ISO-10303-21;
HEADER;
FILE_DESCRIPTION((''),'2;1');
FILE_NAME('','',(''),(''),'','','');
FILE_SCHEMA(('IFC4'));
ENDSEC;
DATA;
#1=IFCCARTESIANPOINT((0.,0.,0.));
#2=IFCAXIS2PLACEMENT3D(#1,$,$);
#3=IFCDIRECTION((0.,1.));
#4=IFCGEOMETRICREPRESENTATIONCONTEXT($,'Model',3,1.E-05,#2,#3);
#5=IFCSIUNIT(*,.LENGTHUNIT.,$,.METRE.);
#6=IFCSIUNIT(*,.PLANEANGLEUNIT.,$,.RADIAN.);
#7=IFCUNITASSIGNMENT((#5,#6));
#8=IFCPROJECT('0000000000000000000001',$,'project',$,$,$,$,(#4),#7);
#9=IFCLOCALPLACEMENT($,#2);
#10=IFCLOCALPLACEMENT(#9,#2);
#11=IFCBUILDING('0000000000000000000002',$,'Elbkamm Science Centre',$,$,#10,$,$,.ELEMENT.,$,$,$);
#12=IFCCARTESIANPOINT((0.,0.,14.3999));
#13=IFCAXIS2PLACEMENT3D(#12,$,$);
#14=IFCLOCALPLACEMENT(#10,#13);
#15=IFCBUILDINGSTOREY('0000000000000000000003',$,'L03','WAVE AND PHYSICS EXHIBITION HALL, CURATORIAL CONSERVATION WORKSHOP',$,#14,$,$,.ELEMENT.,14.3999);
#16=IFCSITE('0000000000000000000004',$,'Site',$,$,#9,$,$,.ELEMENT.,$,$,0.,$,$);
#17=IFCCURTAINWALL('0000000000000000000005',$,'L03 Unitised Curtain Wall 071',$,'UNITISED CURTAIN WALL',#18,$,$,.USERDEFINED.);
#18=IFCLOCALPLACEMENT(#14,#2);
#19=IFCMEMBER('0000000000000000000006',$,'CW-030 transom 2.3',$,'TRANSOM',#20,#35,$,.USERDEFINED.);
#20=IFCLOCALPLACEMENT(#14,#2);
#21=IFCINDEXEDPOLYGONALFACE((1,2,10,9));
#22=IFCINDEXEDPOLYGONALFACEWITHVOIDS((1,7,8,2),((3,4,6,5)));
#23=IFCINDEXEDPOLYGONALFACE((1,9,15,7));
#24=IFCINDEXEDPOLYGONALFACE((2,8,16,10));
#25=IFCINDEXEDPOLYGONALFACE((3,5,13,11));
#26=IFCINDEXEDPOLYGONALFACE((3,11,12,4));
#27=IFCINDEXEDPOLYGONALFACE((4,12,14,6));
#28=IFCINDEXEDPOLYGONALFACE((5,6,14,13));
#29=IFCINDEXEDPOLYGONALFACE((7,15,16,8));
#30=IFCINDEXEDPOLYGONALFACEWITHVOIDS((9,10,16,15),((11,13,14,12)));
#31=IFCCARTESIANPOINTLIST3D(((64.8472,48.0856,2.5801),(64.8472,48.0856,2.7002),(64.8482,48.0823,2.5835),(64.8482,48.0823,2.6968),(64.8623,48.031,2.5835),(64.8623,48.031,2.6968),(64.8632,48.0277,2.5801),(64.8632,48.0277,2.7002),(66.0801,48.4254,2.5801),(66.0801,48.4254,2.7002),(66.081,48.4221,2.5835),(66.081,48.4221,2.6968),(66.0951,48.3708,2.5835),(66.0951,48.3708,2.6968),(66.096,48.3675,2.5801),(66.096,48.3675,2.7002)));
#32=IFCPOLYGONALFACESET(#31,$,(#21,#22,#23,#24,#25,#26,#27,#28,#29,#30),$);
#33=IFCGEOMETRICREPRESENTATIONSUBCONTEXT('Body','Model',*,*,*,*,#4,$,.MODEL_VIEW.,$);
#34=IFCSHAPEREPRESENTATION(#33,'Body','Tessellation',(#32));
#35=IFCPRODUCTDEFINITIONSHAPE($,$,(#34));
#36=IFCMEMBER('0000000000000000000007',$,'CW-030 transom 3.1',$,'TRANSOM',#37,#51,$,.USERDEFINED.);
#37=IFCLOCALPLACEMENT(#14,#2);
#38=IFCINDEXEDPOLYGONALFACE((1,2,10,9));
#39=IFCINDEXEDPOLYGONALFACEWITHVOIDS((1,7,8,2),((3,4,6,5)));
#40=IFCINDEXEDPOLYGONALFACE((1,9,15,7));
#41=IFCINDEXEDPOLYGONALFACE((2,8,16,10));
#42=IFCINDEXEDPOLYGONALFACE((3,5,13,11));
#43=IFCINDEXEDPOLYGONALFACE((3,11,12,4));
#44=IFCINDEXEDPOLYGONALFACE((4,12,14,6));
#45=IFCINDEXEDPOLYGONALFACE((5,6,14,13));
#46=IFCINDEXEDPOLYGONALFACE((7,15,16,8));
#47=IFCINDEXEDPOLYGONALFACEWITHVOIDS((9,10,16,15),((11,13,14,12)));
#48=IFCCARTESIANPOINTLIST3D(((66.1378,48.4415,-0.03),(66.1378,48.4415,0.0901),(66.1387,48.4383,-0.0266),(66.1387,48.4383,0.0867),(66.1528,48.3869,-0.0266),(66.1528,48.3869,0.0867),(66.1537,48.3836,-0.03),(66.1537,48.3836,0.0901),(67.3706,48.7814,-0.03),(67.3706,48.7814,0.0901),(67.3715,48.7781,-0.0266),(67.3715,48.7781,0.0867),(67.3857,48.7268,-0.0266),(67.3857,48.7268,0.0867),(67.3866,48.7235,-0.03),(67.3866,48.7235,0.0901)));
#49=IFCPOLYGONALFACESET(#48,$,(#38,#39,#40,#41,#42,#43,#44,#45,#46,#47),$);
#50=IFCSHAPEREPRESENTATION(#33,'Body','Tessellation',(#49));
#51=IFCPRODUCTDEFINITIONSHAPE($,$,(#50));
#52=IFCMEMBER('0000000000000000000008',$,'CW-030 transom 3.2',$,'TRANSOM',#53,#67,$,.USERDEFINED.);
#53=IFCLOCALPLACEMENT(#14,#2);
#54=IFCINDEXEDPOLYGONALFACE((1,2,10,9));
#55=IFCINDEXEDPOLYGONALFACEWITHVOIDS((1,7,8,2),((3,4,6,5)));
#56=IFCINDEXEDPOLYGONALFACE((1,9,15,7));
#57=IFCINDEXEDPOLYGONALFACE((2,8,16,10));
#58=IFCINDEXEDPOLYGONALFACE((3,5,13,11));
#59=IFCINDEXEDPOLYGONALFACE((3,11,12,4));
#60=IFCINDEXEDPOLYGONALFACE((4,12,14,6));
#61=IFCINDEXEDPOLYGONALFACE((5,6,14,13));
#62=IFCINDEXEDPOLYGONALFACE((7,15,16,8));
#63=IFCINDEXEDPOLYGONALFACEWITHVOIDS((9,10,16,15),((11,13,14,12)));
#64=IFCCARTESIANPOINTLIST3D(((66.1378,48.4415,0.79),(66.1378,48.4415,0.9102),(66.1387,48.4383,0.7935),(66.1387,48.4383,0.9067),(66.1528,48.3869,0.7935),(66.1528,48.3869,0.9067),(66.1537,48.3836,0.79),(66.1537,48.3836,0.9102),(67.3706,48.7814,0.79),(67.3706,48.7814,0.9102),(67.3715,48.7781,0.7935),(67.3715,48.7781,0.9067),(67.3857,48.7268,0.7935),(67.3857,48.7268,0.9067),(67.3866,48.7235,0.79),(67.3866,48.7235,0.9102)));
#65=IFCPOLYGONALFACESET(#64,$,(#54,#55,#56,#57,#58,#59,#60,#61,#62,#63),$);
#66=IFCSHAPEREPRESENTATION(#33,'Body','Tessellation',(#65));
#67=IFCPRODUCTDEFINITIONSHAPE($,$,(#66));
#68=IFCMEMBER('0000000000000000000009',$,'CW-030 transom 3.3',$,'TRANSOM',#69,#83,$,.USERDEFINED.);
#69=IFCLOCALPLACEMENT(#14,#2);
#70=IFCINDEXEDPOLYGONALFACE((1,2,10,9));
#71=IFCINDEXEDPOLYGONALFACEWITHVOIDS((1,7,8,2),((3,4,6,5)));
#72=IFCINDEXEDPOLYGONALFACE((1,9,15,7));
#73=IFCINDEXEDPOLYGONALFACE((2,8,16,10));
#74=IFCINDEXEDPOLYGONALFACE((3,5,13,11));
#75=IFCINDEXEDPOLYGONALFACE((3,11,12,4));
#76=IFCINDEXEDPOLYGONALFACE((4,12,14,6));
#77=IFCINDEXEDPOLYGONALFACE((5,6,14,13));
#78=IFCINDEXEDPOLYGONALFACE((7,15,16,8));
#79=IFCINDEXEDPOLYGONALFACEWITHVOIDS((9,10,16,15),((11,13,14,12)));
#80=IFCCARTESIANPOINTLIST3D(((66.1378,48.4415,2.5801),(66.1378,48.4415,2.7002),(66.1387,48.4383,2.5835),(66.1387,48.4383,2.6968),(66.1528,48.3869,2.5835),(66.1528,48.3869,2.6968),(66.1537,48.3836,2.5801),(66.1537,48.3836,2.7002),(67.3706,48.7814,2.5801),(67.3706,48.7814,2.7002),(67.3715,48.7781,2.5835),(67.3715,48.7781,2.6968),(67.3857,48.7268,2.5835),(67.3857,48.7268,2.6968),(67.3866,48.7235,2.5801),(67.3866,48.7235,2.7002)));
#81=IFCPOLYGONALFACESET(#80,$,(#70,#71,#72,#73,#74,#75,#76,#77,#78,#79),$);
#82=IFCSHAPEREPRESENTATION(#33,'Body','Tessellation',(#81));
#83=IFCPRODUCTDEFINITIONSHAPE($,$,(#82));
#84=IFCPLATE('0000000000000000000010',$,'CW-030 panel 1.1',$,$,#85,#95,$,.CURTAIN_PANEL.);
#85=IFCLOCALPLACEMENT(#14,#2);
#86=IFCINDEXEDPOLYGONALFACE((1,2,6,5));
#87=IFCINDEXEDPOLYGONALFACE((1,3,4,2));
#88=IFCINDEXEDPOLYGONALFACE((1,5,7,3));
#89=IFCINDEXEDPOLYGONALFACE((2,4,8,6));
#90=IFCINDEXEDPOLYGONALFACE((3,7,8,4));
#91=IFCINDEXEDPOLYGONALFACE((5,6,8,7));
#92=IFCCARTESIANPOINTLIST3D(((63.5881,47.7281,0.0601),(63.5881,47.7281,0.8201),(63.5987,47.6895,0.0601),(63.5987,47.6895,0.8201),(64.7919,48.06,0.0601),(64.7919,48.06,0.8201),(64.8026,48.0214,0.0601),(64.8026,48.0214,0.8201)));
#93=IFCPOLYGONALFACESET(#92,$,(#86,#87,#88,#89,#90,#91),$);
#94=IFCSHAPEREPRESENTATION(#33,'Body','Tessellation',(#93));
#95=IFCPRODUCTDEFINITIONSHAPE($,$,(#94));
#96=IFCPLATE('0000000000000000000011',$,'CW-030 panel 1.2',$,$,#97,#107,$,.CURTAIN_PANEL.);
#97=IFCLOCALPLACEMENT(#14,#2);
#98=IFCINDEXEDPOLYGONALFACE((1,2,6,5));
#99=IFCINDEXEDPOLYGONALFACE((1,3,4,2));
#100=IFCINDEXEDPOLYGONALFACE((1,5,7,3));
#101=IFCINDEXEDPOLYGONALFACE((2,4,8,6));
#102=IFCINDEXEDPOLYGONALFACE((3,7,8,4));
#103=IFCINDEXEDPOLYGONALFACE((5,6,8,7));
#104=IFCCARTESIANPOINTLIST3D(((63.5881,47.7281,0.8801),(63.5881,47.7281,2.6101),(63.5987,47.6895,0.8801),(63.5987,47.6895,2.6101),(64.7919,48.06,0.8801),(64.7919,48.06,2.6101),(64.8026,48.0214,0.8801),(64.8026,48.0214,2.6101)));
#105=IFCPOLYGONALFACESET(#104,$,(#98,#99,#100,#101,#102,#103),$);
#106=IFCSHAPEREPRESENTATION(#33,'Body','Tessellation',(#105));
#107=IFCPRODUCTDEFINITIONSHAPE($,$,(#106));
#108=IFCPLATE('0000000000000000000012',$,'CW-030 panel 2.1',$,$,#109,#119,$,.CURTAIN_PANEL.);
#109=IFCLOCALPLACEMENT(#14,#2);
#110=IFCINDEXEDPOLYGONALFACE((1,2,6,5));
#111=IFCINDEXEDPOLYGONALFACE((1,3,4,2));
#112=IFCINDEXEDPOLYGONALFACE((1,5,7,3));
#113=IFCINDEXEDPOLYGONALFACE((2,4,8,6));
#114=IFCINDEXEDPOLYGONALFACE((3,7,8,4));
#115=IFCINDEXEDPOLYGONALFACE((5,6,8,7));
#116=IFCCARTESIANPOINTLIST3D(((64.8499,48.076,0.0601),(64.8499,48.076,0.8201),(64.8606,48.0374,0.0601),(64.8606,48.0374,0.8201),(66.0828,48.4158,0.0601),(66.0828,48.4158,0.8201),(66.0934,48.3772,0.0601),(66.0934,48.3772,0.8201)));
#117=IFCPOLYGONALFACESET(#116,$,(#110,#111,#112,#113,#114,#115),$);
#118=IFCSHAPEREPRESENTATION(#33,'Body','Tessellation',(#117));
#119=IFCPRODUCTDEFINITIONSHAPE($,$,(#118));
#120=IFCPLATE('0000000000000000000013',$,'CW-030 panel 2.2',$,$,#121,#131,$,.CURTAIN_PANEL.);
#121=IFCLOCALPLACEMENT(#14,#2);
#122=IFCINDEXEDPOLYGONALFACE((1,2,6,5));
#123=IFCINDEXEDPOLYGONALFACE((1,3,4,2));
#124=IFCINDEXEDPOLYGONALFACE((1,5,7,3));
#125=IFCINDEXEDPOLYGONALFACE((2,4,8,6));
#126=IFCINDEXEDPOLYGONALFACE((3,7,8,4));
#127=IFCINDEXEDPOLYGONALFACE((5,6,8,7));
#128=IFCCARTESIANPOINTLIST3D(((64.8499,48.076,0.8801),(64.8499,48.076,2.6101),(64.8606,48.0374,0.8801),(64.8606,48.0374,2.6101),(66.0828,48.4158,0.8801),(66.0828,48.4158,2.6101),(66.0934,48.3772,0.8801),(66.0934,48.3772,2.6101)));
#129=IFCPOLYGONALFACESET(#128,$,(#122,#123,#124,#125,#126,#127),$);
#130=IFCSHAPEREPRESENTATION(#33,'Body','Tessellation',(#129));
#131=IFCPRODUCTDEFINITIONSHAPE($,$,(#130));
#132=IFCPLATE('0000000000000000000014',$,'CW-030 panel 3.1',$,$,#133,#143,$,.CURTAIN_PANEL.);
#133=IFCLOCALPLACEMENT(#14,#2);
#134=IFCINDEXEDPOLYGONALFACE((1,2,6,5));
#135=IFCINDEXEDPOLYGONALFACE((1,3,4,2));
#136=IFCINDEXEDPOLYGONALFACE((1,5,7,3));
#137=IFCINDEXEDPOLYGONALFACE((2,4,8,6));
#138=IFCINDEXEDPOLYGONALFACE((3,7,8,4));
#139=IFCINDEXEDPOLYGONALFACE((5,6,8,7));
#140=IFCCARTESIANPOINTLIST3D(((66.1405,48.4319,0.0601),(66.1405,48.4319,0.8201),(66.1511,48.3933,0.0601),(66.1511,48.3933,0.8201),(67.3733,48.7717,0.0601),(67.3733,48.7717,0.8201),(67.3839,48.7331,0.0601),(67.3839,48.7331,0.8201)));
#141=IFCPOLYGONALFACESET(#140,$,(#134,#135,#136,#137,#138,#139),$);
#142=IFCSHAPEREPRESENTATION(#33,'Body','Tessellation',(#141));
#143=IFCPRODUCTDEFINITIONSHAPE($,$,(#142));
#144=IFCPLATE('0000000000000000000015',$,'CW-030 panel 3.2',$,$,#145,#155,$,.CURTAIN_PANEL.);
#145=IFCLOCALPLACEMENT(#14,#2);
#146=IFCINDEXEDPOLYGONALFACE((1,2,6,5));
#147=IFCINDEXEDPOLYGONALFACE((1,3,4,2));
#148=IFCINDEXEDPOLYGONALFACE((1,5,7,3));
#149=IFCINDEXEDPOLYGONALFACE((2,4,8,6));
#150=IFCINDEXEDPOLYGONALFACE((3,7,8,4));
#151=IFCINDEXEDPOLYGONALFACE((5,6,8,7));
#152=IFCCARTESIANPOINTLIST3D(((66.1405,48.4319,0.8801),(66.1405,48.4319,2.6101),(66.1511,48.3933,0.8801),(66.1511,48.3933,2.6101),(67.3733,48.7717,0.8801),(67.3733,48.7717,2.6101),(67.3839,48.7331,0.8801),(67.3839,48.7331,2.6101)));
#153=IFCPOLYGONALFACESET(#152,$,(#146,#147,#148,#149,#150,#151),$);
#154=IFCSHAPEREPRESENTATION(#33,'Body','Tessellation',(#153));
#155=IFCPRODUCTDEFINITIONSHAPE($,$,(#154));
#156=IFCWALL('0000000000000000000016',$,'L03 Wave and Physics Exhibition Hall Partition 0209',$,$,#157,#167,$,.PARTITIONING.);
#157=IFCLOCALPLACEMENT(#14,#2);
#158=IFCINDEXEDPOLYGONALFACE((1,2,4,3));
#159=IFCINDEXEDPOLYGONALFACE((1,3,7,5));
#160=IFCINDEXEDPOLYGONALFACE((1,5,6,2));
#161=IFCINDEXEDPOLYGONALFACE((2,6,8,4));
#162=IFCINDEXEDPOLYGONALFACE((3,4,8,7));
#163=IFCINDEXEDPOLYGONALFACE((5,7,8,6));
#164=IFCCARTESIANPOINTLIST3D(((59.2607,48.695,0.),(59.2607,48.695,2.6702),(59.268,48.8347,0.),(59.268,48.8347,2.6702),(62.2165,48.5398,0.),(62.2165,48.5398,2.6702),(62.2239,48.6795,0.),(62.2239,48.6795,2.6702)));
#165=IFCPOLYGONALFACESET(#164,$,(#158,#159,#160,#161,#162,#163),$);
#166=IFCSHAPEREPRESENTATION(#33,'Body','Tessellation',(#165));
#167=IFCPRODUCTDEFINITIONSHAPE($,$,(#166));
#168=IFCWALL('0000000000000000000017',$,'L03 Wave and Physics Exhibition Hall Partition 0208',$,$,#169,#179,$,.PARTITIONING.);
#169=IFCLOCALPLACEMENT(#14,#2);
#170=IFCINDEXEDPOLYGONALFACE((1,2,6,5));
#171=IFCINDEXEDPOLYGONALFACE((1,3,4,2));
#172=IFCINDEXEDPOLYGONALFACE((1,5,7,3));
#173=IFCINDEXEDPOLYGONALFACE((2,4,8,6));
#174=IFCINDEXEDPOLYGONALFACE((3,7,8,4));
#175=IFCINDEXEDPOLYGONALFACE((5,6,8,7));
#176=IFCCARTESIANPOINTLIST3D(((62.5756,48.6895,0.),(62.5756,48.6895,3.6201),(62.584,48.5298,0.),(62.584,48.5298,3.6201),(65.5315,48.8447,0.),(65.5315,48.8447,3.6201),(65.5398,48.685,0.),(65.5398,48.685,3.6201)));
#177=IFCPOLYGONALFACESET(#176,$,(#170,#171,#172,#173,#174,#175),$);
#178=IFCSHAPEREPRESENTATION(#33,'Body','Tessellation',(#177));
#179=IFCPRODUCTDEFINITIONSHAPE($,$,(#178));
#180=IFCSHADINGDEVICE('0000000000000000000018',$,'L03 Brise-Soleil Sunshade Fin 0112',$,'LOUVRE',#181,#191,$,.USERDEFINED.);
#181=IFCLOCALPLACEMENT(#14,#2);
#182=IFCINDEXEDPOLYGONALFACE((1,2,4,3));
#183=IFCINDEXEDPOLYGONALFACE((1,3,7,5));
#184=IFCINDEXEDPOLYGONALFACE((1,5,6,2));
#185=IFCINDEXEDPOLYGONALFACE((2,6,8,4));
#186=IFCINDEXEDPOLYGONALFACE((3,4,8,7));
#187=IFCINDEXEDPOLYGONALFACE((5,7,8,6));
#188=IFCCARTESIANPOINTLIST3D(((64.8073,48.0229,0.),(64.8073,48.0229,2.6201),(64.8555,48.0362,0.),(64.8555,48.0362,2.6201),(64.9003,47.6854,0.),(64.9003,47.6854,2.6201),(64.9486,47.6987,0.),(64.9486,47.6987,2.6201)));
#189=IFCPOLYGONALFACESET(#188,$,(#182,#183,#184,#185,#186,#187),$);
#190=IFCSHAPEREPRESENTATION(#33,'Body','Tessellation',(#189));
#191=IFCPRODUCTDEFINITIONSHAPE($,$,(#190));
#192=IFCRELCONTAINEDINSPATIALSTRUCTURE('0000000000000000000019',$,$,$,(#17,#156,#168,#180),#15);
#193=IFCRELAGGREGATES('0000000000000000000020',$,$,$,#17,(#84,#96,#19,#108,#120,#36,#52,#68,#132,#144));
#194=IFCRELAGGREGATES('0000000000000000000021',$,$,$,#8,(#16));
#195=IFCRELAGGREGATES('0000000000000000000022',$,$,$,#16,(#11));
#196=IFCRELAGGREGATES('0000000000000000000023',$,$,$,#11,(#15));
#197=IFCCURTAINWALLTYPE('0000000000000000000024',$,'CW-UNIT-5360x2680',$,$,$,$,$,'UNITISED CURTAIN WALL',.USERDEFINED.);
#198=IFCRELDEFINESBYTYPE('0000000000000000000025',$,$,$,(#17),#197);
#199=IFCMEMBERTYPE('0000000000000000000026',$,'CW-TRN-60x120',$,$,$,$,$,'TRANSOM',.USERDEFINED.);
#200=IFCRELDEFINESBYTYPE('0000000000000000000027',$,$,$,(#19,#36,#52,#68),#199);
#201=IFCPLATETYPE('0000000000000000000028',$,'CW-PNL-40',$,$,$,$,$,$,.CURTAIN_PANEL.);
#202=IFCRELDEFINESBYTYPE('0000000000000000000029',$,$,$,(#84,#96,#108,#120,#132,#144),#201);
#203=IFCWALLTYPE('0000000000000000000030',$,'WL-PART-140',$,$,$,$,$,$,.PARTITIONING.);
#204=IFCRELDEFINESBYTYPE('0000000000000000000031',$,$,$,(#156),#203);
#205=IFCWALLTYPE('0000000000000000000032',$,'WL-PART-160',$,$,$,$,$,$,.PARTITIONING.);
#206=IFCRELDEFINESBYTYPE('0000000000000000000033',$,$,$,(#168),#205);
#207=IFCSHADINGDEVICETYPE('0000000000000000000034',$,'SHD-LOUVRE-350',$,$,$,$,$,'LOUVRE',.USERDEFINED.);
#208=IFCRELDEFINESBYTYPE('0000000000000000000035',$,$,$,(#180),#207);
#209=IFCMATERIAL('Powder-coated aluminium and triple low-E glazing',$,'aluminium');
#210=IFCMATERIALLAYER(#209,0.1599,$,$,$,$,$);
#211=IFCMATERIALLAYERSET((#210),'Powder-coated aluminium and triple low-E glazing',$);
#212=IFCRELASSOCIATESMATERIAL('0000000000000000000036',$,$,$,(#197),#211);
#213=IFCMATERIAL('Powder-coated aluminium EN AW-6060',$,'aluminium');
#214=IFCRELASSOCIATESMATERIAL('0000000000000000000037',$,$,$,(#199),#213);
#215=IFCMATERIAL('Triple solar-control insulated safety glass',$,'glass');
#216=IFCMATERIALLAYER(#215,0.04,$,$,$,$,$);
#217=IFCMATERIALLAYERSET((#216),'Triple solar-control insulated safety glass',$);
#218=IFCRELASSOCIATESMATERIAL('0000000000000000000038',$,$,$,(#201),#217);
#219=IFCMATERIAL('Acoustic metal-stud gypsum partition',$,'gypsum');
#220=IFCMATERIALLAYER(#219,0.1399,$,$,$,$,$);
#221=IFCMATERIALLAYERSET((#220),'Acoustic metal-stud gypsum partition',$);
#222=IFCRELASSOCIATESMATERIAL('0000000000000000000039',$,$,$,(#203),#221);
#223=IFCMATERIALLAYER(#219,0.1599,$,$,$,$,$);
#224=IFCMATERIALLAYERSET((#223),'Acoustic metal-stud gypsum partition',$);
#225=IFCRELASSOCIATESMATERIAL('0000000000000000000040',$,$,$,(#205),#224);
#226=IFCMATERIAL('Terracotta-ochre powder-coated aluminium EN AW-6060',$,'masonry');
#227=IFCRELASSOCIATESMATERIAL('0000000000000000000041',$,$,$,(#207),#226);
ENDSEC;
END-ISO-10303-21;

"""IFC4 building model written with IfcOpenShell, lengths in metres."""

from ifc_helpers import new_model, si_unit, direction, frame, frame_2d, origin, origin_2d, place, context, subcontext, project, spatial, rectangle, hollow_rectangle, extrude, material, layer, layer_set, material_profile, profile_set, type_object, element, aggregate, save


model = new_model("IFC4")

# Units and contexts
model_context = context("Model", 3, precision=1e-05, world=origin(), true_north=direction((0.0, 1.0)))
body_context = subcontext(model_context, "Body", "Model", "MODEL_VIEW")
ifc_project = project(units=[si_unit("LENGTHUNIT", "METRE"), si_unit("PLANEANGLEUNIT", "RADIAN")], contexts=[model_context])

# Site, building, storey
site_placement = place(None, origin())
site = spatial("IfcSite", under=ifc_project, at=site_placement, Name="Site", CompositionType="ELEMENT", RefElevation=0.0)
building_placement = place(site_placement, origin())
building = spatial("IfcBuilding", under=site, at=building_placement, Name="Elbkamm Science Centre", CompositionType="ELEMENT")
storey_placement = place(building_placement, frame((0.0, 0.0, 14.3999)))
storey = spatial("IfcBuildingStorey", under=building, at=storey_placement, Name="L03", Description="WAVE AND PHYSICS EXHIBITION HALL, CURATORIAL CONSERVATION WORKSHOP", CompositionType="ELEMENT", Elevation=14.3999)

# Curtain wall, members, plates
ifc_material_1 = material(Name="Powder-coated aluminium and triple low-E glazing", Category="aluminium")
ifc_layer_1 = layer(ifc_material_1, 0.1599)
ifc_layer_set_1 = layer_set([ifc_layer_1], Name="Powder-coated aluminium and triple low-E glazing")
curtain_wall_type = type_object("IfcCurtainWallType", Name="CW-UNIT-5360x2680", ElementType="UNITISED CURTAIN WALL", PredefinedType="USERDEFINED", material=ifc_layer_set_1)
curtain_wall_placement = place(storey_placement, origin())
curtain_wall = element("IfcCurtainWall", 1, at=curtain_wall_placement, inside=storey, type_object=curtain_wall_type, Name="L03 Unitised Curtain Wall 071", ObjectType="UNITISED CURTAIN WALL", PredefinedType="USERDEFINED")
ifc_material_2 = material(Name="Powder-coated aluminium EN AW-6060", Category="aluminium")
ifc_material_profile_1 = material_profile(ifc_material_2, hollow_rectangle(XDim=0.0601, YDim=0.1201, WallThickness=0.0034, at=origin_2d()), Name="ALU T60x120")
ifc_profile_set_1 = profile_set([ifc_material_profile_1], Name="Powder-coated aluminium EN AW-6060")
member_type_1 = type_object("IfcMemberType", Name="CW-TRN-60x120", ElementType="TRANSOM", PredefinedType="USERDEFINED", material=ifc_profile_set_1)
member_1_placement = place(storey_placement, frame((64.8552, 48.0566, 2.6401), z_axis=(0.964047, 0.265733, 0.0), x_axis=(-0.265733, 0.964047, 0.0)))
member_1 = element("IfcMember", 2, at=member_1_placement, type_object=member_type_1, Name="CW-030 transom 2.3", ObjectType="TRANSOM", PredefinedType="USERDEFINED", context=body_context, shape_type="SweptSolid", body=[
    extrude(hollow_rectangle(XDim=0.0601, YDim=0.1201, WallThickness=0.0034, at=origin_2d()), origin(), (0.0, 0.0, 1.0), 1.2788),
])
member_2_placement = place(storey_placement, frame((66.1458, 48.4126, 0.03), z_axis=(0.964047, 0.265733, 0.0), x_axis=(-0.265733, 0.964047, 0.0)))
member_2 = element("IfcMember", 3, at=member_2_placement, type_object=member_type_1, Name="CW-030 transom 3.1", ObjectType="TRANSOM", PredefinedType="USERDEFINED", context=body_context, shape_type="SweptSolid", body=[
    extrude(hollow_rectangle(XDim=0.0601, YDim=0.1201, WallThickness=0.0034, at=origin_2d()), origin(), (0.0, 0.0, 1.0), 1.2788),
])
member_3_placement = place(storey_placement, frame((66.1458, 48.4126, 0.8501), z_axis=(0.964047, 0.265733, 0.0), x_axis=(-0.265733, 0.964047, 0.0)))
member_3 = element("IfcMember", 4, at=member_3_placement, type_object=member_type_1, Name="CW-030 transom 3.2", ObjectType="TRANSOM", PredefinedType="USERDEFINED", context=body_context, shape_type="SweptSolid", body=[
    extrude(hollow_rectangle(XDim=0.0601, YDim=0.1201, WallThickness=0.0034, at=origin_2d()), origin(), (0.0, 0.0, 1.0), 1.2788),
])
member_4_placement = place(storey_placement, frame((66.1458, 48.4126, 2.6401), z_axis=(0.964047, 0.265733, 0.0), x_axis=(-0.265733, 0.964047, 0.0)))
member_4 = element("IfcMember", 5, at=member_4_placement, type_object=member_type_1, Name="CW-030 transom 3.3", ObjectType="TRANSOM", PredefinedType="USERDEFINED", context=body_context, shape_type="SweptSolid", body=[
    extrude(hollow_rectangle(XDim=0.0601, YDim=0.1201, WallThickness=0.0034, at=origin_2d()), origin(), (0.0, 0.0, 1.0), 1.2788),
])
ifc_material_3 = material(Name="Triple solar-control insulated safety glass", Category="glass")
ifc_layer_2 = layer(ifc_material_3, 0.04)
ifc_layer_set_2 = layer_set([ifc_layer_2], Name="Triple solar-control insulated safety glass")
plate_type = type_object("IfcPlateType", Name="CW-PNL-40", PredefinedType="CURTAIN_PANEL", material=ifc_layer_set_2)
plate_1_placement = place(storey_placement, frame((64.1953, 47.8748, 0.0601), z_axis=(0.0, 0.0, 1.0), x_axis=(0.964048, 0.26573, 0.0)))
plate_1 = element("IfcPlate", 6, at=plate_1_placement, type_object=plate_type, Name="CW-030 panel 1.1", PredefinedType="CURTAIN_PANEL", context=body_context, shape_type="SweptSolid", body=[
    extrude(rectangle(XDim=1.2488, YDim=0.04, at=origin_2d()), origin(), (0.0, 0.0, 1.0), 0.76),
])
plate_2_placement = place(storey_placement, frame((64.1953, 47.8748, 0.8801), z_axis=(0.0, 0.0, 1.0), x_axis=(0.964048, 0.26573, 0.0)))
plate_2 = element("IfcPlate", 7, at=plate_2_placement, type_object=plate_type, Name="CW-030 panel 1.2", PredefinedType="CURTAIN_PANEL", context=body_context, shape_type="SweptSolid", body=[
    extrude(rectangle(XDim=1.2488, YDim=0.04, at=origin_2d()), origin(), (0.0, 0.0, 1.0), 1.73),
])
plate_3_placement = place(storey_placement, frame((65.4717, 48.2266, 0.0601), z_axis=(0.0, 0.0, 1.0), x_axis=(0.964048, 0.26573, 0.0)))
plate_3 = element("IfcPlate", 8, at=plate_3_placement, type_object=plate_type, Name="CW-030 panel 2.1", PredefinedType="CURTAIN_PANEL", context=body_context, shape_type="SweptSolid", body=[
    extrude(rectangle(XDim=1.2788, YDim=0.04, at=origin_2d()), origin(), (0.0, 0.0, 1.0), 0.76),
])
plate_4_placement = place(storey_placement, frame((65.4717, 48.2266, 0.8801), z_axis=(0.0, 0.0, 1.0), x_axis=(0.964048, 0.26573, 0.0)))
plate_4 = element("IfcPlate", 9, at=plate_4_placement, type_object=plate_type, Name="CW-030 panel 2.2", PredefinedType="CURTAIN_PANEL", context=body_context, shape_type="SweptSolid", body=[
    extrude(rectangle(XDim=1.2788, YDim=0.04, at=origin_2d()), origin(), (0.0, 0.0, 1.0), 1.73),
])
plate_5_placement = place(storey_placement, frame((66.7622, 48.5825, 0.0601), z_axis=(0.0, 0.0, 1.0), x_axis=(0.964048, 0.26573, 0.0)))
plate_5 = element("IfcPlate", 10, at=plate_5_placement, type_object=plate_type, Name="CW-030 panel 3.1", PredefinedType="CURTAIN_PANEL", context=body_context, shape_type="SweptSolid", body=[
    extrude(rectangle(XDim=1.2788, YDim=0.04, at=origin_2d()), origin(), (0.0, 0.0, 1.0), 0.76),
])
plate_6_placement = place(storey_placement, frame((66.7622, 48.5825, 0.8801), z_axis=(0.0, 0.0, 1.0), x_axis=(0.964048, 0.26573, 0.0)))
plate_6 = element("IfcPlate", 11, at=plate_6_placement, type_object=plate_type, Name="CW-030 panel 3.2", PredefinedType="CURTAIN_PANEL", context=body_context, shape_type="SweptSolid", body=[
    extrude(rectangle(XDim=1.2788, YDim=0.04, at=origin_2d()), origin(), (0.0, 0.0, 1.0), 1.73),
])
aggregate(curtain_wall, [plate_1, plate_2, member_1, plate_3, plate_4, member_2, member_3, member_4, plate_5, plate_6])

# Walls
ifc_material_4 = material(Name="Acoustic metal-stud gypsum partition", Category="gypsum")
ifc_layer_3 = layer(ifc_material_4, 0.1399)
ifc_layer_set_3 = layer_set([ifc_layer_3], Name="Acoustic metal-stud gypsum partition")
wall_type_1 = type_object("IfcWallType", Name="WL-PART-140", PredefinedType="PARTITIONING", material=ifc_layer_set_3)
wall_1_placement = place(storey_placement, frame((62.2202, 48.6096, 0.0), z_axis=(0.0, 0.0, 1.0), x_axis=(-0.998623, 0.052459, 0.0)))
element("IfcWall", 12, at=wall_1_placement, inside=storey, type_object=wall_type_1, Name="L03 Wave and Physics Exhibition Hall Partition 0209", PredefinedType="PARTITIONING", context=body_context, shape_type="SweptSolid", body=[
    extrude(rectangle(XDim=2.96, YDim=0.1399, at=frame_2d((1.48, 0.0))), origin(), (0.0, 0.0, 1.0), 2.6702),
])
ifc_layer_4 = layer(ifc_material_4, 0.1599)
ifc_layer_set_4 = layer_set([ifc_layer_4], Name="Acoustic metal-stud gypsum partition")
wall_type_2 = type_object("IfcWallType", Name="WL-PART-160", PredefinedType="PARTITIONING", material=ifc_layer_set_4)
wall_2_placement = place(storey_placement, frame((65.5356, 48.7649, 0.0), z_axis=(0.0, 0.0, 1.0), x_axis=(-0.998623, -0.052459, 0.0)))
element("IfcWall", 13, at=wall_2_placement, inside=storey, type_object=wall_type_2, Name="L03 Wave and Physics Exhibition Hall Partition 0208", PredefinedType="PARTITIONING", context=body_context, shape_type="SweptSolid", body=[
    extrude(rectangle(XDim=2.96, YDim=0.1599, at=frame_2d((1.48, 0.0))), origin(), (0.0, 0.0, 1.0), 3.6201),
])

# Shading device
ifc_material_5 = material(Name="Terracotta-ochre powder-coated aluminium EN AW-6060", Category="masonry")
shading_device_type = type_object("IfcShadingDeviceType", Name="SHD-LOUVRE-350", ElementType="LOUVRE", PredefinedType="USERDEFINED", material=ifc_material_5)
for number, where, z_axis, x_axis, name in (
    (14, (64.8779, 47.8608, 0.0), (0.0, 0.0, 1.0), (0.265729, -0.964048, 0.0), "L03 Brise-Soleil Sunshade Fin 0112"),
):
    element("IfcShadingDevice", number, at=place(storey_placement, frame(where, z_axis=z_axis, x_axis=x_axis)), inside=storey, type_object=shading_device_type, Name=name, ObjectType="LOUVRE", PredefinedType="USERDEFINED", context=body_context, shape_type="SweptSolid", body=[
        extrude(rectangle(XDim=0.3501, YDim=0.05, at=origin_2d()), origin(), (0.0, 0.0, 1.0), 2.6201),
    ])

save(model, "model.ifc")
